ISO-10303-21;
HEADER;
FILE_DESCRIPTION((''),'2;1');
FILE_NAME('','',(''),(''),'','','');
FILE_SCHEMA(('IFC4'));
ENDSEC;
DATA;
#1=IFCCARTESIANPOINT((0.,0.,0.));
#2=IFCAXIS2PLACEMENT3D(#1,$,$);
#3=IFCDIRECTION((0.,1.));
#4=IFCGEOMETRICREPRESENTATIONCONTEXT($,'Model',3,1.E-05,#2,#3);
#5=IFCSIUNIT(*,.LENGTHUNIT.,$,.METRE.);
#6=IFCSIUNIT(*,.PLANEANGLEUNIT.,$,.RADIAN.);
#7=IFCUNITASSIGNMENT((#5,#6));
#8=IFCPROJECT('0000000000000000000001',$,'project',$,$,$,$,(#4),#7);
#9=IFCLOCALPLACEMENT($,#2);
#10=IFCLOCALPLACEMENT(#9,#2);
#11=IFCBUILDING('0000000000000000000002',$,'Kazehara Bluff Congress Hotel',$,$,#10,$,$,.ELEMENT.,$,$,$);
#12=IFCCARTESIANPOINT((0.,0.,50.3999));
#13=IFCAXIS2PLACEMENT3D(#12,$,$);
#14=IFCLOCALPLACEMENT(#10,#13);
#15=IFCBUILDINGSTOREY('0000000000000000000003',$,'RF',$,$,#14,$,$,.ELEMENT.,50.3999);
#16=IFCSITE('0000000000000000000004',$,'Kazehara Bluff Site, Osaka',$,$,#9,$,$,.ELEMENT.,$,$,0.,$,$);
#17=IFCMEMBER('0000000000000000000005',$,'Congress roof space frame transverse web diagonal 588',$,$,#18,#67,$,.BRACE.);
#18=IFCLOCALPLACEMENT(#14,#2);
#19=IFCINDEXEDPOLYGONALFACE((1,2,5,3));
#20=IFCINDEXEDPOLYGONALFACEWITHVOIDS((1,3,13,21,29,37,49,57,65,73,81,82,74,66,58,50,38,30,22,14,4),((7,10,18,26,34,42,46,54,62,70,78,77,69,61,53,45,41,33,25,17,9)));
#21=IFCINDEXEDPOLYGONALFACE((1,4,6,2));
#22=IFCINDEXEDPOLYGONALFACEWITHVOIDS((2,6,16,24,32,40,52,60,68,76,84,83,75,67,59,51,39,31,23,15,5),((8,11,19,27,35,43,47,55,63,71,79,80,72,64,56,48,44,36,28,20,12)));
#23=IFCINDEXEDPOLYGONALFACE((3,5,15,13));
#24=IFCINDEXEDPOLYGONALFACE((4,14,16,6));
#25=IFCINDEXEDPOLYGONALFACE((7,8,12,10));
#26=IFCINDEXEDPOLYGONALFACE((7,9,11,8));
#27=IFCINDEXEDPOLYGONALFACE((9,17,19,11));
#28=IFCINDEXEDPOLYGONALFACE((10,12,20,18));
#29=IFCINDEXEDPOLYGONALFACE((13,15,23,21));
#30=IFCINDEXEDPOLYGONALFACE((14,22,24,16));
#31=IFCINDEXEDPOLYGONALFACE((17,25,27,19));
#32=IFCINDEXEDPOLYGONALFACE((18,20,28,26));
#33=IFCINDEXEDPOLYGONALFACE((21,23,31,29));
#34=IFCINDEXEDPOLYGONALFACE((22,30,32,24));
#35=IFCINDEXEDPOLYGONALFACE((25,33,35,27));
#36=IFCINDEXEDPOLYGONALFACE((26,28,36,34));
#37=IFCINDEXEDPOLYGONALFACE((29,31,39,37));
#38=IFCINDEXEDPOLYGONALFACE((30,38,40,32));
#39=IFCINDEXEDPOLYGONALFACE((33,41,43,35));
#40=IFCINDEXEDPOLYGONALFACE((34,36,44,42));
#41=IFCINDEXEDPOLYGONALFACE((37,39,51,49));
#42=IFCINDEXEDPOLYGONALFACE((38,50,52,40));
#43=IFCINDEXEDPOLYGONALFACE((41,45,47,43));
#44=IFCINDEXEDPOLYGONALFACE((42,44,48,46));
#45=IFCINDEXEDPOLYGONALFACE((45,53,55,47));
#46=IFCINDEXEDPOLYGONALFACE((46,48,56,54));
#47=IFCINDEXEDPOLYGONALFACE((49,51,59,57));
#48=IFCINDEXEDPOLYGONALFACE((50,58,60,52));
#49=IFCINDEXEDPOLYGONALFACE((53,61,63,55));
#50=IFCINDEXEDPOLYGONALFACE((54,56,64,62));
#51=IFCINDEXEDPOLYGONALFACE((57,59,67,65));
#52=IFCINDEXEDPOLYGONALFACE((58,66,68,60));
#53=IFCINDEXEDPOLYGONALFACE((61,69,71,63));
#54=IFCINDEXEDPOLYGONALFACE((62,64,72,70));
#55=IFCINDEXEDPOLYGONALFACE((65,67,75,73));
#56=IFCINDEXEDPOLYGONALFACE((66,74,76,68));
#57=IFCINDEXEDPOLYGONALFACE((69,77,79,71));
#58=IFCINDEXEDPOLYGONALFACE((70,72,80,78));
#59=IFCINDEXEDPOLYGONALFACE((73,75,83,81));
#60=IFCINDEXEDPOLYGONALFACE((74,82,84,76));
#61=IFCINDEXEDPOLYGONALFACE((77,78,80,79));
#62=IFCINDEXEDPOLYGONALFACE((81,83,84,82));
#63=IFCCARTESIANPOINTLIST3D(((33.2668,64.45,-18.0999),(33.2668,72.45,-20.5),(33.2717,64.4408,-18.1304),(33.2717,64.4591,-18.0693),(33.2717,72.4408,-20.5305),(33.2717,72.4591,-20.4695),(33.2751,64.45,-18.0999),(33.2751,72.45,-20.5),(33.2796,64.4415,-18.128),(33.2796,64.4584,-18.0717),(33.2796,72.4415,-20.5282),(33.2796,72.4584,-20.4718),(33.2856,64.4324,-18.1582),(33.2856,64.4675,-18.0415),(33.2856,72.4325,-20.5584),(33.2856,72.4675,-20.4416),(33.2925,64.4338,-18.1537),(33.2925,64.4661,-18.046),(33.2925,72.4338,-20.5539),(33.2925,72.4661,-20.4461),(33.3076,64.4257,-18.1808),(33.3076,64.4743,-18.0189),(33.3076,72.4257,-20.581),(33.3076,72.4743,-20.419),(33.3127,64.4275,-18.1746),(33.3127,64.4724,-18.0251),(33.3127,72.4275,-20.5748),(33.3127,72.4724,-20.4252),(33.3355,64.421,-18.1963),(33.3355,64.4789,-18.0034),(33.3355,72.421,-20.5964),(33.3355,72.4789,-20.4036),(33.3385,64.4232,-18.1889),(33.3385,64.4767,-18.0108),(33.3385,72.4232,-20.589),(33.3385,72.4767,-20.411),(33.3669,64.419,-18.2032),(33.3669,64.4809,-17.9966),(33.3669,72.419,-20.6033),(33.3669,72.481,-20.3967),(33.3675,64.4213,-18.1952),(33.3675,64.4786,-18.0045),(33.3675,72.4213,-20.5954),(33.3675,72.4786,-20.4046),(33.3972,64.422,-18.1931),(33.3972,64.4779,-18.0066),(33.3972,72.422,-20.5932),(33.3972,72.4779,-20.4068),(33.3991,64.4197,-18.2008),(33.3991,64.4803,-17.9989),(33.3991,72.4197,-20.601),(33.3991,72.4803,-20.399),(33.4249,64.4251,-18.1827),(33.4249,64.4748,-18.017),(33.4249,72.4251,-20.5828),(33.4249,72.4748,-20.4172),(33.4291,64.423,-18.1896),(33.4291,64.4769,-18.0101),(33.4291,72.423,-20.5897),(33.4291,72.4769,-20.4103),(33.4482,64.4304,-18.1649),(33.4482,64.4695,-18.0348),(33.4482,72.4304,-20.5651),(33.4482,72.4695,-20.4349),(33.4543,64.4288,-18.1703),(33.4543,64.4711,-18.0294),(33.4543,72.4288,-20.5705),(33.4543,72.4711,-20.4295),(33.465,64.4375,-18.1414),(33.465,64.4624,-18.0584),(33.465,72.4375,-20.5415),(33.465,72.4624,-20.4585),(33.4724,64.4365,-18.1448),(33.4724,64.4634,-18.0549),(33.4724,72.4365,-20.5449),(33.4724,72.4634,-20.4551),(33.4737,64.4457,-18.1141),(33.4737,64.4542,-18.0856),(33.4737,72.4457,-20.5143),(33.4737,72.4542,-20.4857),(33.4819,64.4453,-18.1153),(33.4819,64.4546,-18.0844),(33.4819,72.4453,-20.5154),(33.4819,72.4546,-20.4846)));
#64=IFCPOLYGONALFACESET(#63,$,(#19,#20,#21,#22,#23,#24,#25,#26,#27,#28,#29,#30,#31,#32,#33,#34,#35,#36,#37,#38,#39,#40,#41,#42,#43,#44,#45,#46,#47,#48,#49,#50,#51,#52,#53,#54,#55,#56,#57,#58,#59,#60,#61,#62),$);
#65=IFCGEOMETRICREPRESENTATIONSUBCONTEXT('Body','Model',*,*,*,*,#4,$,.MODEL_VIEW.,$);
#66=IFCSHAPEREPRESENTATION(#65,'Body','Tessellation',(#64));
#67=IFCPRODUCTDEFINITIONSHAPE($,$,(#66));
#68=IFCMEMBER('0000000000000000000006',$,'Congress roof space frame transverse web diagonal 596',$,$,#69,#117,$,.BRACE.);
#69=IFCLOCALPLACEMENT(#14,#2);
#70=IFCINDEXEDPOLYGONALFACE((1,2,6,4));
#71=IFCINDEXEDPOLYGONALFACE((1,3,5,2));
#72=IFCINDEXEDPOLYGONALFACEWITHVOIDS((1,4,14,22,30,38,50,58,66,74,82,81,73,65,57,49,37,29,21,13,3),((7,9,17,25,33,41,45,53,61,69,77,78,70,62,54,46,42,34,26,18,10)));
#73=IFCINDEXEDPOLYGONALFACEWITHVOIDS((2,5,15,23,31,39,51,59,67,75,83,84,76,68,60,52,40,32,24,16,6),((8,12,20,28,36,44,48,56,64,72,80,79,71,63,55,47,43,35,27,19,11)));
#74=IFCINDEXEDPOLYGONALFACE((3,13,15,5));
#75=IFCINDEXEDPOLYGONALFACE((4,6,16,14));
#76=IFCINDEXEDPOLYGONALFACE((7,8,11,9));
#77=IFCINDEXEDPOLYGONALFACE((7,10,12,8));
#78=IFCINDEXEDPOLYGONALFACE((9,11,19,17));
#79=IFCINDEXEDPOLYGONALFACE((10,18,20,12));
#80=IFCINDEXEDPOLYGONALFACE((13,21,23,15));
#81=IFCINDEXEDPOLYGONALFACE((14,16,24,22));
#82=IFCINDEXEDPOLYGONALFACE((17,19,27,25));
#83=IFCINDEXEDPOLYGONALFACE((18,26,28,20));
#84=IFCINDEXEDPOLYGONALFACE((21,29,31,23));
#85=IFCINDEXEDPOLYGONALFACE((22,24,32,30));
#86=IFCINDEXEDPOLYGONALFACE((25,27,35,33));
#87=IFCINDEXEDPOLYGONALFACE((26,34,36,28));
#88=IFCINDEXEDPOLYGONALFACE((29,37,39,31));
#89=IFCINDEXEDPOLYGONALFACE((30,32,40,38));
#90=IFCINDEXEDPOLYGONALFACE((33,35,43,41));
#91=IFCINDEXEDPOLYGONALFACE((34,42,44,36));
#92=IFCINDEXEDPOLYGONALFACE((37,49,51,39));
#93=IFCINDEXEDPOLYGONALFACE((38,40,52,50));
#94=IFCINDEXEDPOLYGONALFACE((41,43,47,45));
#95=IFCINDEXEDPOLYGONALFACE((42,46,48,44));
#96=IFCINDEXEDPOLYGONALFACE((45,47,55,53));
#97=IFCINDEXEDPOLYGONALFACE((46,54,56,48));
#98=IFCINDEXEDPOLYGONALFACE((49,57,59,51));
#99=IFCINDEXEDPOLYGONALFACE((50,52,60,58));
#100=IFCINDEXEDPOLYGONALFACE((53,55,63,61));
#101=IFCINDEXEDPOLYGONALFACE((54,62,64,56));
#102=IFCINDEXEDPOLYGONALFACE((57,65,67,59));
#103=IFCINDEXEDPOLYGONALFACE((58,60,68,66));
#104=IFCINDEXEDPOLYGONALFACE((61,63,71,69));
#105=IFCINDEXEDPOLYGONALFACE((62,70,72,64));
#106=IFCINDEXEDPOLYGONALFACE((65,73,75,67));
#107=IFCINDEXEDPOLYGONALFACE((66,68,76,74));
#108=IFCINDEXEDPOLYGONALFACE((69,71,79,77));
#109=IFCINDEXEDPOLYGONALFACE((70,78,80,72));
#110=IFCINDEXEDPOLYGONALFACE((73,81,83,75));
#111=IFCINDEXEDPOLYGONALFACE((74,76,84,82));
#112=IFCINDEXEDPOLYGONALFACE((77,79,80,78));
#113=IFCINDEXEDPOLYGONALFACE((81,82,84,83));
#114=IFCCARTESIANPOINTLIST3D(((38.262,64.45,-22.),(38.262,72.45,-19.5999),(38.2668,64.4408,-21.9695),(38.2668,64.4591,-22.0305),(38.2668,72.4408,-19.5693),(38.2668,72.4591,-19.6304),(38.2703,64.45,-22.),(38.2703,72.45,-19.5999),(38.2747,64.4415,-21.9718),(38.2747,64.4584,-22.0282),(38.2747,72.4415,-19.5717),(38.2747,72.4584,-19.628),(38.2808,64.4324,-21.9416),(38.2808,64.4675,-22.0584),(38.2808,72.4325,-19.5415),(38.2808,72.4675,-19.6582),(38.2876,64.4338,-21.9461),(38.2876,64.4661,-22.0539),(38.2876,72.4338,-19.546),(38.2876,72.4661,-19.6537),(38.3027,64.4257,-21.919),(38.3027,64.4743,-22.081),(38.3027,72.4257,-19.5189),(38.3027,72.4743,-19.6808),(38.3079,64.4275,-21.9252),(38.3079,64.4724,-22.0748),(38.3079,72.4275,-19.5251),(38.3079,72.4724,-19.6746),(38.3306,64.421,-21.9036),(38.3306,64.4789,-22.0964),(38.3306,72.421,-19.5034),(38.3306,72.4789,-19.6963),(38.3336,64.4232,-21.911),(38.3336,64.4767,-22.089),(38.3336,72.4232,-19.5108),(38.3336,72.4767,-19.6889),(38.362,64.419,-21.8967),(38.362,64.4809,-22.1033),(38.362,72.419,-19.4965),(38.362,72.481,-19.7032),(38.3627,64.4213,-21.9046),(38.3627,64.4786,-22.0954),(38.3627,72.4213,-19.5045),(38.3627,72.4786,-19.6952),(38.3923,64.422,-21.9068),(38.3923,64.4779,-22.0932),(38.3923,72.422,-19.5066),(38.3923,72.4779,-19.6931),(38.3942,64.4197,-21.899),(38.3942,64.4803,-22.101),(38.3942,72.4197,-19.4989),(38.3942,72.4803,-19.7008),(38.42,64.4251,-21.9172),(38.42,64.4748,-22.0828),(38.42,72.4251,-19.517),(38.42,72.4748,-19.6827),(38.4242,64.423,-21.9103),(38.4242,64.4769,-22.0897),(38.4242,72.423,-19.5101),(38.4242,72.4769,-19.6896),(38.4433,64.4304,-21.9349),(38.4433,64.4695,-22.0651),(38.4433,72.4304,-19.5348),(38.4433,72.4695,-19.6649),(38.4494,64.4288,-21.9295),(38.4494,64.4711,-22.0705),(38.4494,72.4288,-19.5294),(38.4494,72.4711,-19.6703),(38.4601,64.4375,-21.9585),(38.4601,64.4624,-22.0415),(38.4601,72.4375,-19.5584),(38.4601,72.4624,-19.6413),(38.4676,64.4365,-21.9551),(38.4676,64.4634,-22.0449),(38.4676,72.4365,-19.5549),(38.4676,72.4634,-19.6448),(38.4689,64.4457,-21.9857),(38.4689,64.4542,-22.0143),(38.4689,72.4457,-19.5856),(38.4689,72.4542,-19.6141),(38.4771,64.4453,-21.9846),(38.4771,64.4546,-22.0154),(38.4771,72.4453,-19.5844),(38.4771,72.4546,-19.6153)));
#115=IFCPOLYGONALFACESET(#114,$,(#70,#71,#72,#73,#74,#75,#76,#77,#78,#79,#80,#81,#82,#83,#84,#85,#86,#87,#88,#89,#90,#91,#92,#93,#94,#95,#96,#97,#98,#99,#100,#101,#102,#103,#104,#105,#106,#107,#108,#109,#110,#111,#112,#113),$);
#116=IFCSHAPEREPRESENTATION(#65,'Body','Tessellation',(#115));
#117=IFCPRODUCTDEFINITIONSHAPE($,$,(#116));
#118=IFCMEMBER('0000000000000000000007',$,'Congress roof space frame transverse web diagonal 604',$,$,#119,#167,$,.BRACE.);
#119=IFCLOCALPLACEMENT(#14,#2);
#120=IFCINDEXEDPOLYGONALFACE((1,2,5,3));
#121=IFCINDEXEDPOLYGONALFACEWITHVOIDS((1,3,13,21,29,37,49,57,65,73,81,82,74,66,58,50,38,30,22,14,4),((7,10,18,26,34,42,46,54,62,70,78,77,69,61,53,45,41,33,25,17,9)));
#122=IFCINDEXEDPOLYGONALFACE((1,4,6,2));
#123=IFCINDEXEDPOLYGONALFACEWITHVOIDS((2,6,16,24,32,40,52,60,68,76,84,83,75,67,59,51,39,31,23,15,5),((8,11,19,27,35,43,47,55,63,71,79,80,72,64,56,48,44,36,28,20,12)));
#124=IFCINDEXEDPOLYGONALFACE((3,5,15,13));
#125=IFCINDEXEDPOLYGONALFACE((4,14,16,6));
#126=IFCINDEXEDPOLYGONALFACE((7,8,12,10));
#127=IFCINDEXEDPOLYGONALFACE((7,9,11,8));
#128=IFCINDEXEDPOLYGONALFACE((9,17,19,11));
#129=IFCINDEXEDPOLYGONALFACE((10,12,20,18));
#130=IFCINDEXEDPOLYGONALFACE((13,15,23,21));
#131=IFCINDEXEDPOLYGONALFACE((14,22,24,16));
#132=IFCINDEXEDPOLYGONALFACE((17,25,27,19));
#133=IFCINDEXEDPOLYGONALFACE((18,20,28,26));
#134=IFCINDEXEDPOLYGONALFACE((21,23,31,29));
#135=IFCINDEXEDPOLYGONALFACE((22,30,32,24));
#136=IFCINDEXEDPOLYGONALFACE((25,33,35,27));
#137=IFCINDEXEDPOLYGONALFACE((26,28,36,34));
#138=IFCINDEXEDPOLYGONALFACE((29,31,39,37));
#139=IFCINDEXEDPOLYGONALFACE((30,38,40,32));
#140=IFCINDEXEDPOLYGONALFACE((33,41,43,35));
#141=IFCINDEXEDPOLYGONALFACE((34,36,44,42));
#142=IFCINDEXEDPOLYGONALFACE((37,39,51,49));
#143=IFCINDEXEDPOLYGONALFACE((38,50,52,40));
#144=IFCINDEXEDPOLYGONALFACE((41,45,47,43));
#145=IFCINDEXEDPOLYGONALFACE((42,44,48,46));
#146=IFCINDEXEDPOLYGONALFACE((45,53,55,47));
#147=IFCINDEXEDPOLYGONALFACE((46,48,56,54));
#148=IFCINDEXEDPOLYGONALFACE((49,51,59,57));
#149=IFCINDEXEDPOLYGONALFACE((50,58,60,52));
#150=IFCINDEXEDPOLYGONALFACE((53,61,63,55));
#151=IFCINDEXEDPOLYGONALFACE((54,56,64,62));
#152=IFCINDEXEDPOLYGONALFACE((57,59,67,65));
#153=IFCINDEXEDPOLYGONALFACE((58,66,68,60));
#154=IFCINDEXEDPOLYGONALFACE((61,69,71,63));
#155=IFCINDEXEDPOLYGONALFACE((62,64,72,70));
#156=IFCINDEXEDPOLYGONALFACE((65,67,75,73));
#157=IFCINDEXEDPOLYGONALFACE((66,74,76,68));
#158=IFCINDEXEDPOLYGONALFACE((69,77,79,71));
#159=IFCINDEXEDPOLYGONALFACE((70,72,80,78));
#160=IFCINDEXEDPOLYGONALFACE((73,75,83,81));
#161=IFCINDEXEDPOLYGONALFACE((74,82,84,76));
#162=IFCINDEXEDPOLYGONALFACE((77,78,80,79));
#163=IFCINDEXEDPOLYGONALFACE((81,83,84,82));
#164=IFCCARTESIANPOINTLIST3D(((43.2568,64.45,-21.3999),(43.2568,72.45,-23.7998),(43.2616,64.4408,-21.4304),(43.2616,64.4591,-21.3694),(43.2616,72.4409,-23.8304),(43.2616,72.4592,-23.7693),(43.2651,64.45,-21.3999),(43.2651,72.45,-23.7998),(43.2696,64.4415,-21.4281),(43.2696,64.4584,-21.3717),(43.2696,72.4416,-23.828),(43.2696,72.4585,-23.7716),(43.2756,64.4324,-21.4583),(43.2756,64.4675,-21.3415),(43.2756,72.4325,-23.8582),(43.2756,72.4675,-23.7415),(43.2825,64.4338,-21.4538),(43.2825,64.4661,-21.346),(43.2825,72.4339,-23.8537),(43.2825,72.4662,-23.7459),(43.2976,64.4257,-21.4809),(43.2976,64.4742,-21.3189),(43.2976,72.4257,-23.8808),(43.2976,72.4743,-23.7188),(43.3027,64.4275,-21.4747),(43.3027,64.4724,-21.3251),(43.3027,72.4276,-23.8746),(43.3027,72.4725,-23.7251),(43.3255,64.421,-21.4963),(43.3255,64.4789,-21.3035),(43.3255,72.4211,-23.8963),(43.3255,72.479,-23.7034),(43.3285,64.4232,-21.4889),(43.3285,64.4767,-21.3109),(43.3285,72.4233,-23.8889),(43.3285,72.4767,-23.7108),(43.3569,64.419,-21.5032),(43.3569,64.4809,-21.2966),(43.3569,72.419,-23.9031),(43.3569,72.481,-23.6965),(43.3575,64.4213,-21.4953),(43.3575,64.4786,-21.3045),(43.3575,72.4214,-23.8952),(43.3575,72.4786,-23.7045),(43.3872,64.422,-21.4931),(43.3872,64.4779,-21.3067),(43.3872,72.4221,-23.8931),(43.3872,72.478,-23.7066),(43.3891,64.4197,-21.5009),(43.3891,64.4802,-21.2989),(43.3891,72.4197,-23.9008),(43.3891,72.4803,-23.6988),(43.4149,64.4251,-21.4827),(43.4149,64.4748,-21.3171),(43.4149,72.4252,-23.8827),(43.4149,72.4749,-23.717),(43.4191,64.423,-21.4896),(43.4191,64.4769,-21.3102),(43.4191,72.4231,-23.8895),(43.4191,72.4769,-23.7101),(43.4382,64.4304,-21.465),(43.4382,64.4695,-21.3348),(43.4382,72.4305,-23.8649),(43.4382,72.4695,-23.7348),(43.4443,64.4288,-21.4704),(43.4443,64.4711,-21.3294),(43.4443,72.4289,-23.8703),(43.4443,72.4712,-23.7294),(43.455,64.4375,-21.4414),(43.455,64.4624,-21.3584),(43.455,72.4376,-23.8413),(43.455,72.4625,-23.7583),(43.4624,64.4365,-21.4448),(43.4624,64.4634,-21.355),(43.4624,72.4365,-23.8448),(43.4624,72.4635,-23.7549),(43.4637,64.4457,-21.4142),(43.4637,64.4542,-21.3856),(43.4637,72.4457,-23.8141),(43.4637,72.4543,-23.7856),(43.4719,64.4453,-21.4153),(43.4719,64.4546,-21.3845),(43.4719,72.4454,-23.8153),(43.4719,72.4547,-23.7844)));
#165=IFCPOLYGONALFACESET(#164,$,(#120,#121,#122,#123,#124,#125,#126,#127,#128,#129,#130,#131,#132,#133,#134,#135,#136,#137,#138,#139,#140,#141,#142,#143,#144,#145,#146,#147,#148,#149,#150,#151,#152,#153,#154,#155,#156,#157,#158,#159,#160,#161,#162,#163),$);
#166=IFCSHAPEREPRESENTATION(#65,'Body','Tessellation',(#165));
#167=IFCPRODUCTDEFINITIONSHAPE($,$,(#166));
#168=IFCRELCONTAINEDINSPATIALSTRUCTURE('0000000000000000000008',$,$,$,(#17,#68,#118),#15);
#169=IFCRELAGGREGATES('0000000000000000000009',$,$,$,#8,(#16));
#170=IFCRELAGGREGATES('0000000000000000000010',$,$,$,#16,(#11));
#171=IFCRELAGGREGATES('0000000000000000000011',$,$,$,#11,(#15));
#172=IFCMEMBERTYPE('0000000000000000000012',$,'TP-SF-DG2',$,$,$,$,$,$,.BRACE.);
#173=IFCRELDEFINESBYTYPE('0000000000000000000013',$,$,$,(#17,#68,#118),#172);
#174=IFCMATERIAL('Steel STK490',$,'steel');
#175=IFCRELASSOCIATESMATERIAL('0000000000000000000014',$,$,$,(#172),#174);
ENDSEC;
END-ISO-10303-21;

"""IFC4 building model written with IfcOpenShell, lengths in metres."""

from ifc_helpers import new_model, si_unit, direction, frame, origin, origin_2d, place, context, subcontext, project, spatial, hollow_circle, extrude, material, material_profile, profile_set, type_object, element, save


model = new_model("IFC4")

# Units and contexts
model_context = context("Model", 3, precision=1e-05, world=origin(), true_north=direction((0.0, 1.0)))
body_context = subcontext(model_context, "Body", "Model", "MODEL_VIEW")
ifc_project = project(units=[si_unit("LENGTHUNIT", "METRE"), si_unit("PLANEANGLEUNIT", "RADIAN")], contexts=[model_context])

# Site, building, storey
site_placement = place(None, origin())
site = spatial("IfcSite", under=ifc_project, at=site_placement, Name="Kazehara Bluff Site, Osaka", CompositionType="ELEMENT", RefElevation=0.0)
building_placement = place(site_placement, origin())
building = spatial("IfcBuilding", under=site, at=building_placement, Name="Kazehara Bluff Congress Hotel", CompositionType="ELEMENT")
storey_placement = place(building_placement, frame((0.0, 0.0, 50.3999)))
storey = spatial("IfcBuildingStorey", under=building, at=storey_placement, Name="RF", CompositionType="ELEMENT", Elevation=50.3999)

# Members
ifc_material_1 = material(Name="Steel STK490", Category="steel")
ifc_material_profile_1 = material_profile(ifc_material_1, hollow_circle(Radius=0.1082, WallThickness=0.0083, at=origin_2d()))
ifc_profile_set_1 = profile_set([ifc_material_profile_1], Name="Steel STK490")
member_type_1 = type_object("IfcMemberType", Name="TP-SF-DG2", PredefinedType="BRACE", material=ifc_profile_set_1)
for number, where, z_axis, x_axis, name in (
    (1, (33.375, 64.45, -18.0999), (0.0, 0.957821, -0.287364), (-1.0, 0.0, 0.0), "Congress roof space frame transverse web diagonal 588"),
    (2, (38.3701, 64.45, -22.0), (0.0, 0.957821, 0.287364), (-1.0, 0.0, 0.0), "Congress roof space frame transverse web diagonal 596"),
    (3, (43.365, 64.45, -21.3999), (0.0, 0.95783, -0.287337), (-1.0, 0.0, 0.0), "Congress roof space frame transverse web diagonal 604"),
):
    element("IfcMember", number, at=place(storey_placement, frame(where, z_axis=z_axis, x_axis=x_axis)), inside=storey, type_object=member_type_1, Name=name, PredefinedType="BRACE", context=body_context, shape_type="SweptSolid", body=[
        extrude(hollow_circle(Radius=0.1082, WallThickness=0.0083, at=origin_2d()), origin(), (0.0, 0.0, 1.0), 8.3523),
    ])

save(model, "model.ifc")
